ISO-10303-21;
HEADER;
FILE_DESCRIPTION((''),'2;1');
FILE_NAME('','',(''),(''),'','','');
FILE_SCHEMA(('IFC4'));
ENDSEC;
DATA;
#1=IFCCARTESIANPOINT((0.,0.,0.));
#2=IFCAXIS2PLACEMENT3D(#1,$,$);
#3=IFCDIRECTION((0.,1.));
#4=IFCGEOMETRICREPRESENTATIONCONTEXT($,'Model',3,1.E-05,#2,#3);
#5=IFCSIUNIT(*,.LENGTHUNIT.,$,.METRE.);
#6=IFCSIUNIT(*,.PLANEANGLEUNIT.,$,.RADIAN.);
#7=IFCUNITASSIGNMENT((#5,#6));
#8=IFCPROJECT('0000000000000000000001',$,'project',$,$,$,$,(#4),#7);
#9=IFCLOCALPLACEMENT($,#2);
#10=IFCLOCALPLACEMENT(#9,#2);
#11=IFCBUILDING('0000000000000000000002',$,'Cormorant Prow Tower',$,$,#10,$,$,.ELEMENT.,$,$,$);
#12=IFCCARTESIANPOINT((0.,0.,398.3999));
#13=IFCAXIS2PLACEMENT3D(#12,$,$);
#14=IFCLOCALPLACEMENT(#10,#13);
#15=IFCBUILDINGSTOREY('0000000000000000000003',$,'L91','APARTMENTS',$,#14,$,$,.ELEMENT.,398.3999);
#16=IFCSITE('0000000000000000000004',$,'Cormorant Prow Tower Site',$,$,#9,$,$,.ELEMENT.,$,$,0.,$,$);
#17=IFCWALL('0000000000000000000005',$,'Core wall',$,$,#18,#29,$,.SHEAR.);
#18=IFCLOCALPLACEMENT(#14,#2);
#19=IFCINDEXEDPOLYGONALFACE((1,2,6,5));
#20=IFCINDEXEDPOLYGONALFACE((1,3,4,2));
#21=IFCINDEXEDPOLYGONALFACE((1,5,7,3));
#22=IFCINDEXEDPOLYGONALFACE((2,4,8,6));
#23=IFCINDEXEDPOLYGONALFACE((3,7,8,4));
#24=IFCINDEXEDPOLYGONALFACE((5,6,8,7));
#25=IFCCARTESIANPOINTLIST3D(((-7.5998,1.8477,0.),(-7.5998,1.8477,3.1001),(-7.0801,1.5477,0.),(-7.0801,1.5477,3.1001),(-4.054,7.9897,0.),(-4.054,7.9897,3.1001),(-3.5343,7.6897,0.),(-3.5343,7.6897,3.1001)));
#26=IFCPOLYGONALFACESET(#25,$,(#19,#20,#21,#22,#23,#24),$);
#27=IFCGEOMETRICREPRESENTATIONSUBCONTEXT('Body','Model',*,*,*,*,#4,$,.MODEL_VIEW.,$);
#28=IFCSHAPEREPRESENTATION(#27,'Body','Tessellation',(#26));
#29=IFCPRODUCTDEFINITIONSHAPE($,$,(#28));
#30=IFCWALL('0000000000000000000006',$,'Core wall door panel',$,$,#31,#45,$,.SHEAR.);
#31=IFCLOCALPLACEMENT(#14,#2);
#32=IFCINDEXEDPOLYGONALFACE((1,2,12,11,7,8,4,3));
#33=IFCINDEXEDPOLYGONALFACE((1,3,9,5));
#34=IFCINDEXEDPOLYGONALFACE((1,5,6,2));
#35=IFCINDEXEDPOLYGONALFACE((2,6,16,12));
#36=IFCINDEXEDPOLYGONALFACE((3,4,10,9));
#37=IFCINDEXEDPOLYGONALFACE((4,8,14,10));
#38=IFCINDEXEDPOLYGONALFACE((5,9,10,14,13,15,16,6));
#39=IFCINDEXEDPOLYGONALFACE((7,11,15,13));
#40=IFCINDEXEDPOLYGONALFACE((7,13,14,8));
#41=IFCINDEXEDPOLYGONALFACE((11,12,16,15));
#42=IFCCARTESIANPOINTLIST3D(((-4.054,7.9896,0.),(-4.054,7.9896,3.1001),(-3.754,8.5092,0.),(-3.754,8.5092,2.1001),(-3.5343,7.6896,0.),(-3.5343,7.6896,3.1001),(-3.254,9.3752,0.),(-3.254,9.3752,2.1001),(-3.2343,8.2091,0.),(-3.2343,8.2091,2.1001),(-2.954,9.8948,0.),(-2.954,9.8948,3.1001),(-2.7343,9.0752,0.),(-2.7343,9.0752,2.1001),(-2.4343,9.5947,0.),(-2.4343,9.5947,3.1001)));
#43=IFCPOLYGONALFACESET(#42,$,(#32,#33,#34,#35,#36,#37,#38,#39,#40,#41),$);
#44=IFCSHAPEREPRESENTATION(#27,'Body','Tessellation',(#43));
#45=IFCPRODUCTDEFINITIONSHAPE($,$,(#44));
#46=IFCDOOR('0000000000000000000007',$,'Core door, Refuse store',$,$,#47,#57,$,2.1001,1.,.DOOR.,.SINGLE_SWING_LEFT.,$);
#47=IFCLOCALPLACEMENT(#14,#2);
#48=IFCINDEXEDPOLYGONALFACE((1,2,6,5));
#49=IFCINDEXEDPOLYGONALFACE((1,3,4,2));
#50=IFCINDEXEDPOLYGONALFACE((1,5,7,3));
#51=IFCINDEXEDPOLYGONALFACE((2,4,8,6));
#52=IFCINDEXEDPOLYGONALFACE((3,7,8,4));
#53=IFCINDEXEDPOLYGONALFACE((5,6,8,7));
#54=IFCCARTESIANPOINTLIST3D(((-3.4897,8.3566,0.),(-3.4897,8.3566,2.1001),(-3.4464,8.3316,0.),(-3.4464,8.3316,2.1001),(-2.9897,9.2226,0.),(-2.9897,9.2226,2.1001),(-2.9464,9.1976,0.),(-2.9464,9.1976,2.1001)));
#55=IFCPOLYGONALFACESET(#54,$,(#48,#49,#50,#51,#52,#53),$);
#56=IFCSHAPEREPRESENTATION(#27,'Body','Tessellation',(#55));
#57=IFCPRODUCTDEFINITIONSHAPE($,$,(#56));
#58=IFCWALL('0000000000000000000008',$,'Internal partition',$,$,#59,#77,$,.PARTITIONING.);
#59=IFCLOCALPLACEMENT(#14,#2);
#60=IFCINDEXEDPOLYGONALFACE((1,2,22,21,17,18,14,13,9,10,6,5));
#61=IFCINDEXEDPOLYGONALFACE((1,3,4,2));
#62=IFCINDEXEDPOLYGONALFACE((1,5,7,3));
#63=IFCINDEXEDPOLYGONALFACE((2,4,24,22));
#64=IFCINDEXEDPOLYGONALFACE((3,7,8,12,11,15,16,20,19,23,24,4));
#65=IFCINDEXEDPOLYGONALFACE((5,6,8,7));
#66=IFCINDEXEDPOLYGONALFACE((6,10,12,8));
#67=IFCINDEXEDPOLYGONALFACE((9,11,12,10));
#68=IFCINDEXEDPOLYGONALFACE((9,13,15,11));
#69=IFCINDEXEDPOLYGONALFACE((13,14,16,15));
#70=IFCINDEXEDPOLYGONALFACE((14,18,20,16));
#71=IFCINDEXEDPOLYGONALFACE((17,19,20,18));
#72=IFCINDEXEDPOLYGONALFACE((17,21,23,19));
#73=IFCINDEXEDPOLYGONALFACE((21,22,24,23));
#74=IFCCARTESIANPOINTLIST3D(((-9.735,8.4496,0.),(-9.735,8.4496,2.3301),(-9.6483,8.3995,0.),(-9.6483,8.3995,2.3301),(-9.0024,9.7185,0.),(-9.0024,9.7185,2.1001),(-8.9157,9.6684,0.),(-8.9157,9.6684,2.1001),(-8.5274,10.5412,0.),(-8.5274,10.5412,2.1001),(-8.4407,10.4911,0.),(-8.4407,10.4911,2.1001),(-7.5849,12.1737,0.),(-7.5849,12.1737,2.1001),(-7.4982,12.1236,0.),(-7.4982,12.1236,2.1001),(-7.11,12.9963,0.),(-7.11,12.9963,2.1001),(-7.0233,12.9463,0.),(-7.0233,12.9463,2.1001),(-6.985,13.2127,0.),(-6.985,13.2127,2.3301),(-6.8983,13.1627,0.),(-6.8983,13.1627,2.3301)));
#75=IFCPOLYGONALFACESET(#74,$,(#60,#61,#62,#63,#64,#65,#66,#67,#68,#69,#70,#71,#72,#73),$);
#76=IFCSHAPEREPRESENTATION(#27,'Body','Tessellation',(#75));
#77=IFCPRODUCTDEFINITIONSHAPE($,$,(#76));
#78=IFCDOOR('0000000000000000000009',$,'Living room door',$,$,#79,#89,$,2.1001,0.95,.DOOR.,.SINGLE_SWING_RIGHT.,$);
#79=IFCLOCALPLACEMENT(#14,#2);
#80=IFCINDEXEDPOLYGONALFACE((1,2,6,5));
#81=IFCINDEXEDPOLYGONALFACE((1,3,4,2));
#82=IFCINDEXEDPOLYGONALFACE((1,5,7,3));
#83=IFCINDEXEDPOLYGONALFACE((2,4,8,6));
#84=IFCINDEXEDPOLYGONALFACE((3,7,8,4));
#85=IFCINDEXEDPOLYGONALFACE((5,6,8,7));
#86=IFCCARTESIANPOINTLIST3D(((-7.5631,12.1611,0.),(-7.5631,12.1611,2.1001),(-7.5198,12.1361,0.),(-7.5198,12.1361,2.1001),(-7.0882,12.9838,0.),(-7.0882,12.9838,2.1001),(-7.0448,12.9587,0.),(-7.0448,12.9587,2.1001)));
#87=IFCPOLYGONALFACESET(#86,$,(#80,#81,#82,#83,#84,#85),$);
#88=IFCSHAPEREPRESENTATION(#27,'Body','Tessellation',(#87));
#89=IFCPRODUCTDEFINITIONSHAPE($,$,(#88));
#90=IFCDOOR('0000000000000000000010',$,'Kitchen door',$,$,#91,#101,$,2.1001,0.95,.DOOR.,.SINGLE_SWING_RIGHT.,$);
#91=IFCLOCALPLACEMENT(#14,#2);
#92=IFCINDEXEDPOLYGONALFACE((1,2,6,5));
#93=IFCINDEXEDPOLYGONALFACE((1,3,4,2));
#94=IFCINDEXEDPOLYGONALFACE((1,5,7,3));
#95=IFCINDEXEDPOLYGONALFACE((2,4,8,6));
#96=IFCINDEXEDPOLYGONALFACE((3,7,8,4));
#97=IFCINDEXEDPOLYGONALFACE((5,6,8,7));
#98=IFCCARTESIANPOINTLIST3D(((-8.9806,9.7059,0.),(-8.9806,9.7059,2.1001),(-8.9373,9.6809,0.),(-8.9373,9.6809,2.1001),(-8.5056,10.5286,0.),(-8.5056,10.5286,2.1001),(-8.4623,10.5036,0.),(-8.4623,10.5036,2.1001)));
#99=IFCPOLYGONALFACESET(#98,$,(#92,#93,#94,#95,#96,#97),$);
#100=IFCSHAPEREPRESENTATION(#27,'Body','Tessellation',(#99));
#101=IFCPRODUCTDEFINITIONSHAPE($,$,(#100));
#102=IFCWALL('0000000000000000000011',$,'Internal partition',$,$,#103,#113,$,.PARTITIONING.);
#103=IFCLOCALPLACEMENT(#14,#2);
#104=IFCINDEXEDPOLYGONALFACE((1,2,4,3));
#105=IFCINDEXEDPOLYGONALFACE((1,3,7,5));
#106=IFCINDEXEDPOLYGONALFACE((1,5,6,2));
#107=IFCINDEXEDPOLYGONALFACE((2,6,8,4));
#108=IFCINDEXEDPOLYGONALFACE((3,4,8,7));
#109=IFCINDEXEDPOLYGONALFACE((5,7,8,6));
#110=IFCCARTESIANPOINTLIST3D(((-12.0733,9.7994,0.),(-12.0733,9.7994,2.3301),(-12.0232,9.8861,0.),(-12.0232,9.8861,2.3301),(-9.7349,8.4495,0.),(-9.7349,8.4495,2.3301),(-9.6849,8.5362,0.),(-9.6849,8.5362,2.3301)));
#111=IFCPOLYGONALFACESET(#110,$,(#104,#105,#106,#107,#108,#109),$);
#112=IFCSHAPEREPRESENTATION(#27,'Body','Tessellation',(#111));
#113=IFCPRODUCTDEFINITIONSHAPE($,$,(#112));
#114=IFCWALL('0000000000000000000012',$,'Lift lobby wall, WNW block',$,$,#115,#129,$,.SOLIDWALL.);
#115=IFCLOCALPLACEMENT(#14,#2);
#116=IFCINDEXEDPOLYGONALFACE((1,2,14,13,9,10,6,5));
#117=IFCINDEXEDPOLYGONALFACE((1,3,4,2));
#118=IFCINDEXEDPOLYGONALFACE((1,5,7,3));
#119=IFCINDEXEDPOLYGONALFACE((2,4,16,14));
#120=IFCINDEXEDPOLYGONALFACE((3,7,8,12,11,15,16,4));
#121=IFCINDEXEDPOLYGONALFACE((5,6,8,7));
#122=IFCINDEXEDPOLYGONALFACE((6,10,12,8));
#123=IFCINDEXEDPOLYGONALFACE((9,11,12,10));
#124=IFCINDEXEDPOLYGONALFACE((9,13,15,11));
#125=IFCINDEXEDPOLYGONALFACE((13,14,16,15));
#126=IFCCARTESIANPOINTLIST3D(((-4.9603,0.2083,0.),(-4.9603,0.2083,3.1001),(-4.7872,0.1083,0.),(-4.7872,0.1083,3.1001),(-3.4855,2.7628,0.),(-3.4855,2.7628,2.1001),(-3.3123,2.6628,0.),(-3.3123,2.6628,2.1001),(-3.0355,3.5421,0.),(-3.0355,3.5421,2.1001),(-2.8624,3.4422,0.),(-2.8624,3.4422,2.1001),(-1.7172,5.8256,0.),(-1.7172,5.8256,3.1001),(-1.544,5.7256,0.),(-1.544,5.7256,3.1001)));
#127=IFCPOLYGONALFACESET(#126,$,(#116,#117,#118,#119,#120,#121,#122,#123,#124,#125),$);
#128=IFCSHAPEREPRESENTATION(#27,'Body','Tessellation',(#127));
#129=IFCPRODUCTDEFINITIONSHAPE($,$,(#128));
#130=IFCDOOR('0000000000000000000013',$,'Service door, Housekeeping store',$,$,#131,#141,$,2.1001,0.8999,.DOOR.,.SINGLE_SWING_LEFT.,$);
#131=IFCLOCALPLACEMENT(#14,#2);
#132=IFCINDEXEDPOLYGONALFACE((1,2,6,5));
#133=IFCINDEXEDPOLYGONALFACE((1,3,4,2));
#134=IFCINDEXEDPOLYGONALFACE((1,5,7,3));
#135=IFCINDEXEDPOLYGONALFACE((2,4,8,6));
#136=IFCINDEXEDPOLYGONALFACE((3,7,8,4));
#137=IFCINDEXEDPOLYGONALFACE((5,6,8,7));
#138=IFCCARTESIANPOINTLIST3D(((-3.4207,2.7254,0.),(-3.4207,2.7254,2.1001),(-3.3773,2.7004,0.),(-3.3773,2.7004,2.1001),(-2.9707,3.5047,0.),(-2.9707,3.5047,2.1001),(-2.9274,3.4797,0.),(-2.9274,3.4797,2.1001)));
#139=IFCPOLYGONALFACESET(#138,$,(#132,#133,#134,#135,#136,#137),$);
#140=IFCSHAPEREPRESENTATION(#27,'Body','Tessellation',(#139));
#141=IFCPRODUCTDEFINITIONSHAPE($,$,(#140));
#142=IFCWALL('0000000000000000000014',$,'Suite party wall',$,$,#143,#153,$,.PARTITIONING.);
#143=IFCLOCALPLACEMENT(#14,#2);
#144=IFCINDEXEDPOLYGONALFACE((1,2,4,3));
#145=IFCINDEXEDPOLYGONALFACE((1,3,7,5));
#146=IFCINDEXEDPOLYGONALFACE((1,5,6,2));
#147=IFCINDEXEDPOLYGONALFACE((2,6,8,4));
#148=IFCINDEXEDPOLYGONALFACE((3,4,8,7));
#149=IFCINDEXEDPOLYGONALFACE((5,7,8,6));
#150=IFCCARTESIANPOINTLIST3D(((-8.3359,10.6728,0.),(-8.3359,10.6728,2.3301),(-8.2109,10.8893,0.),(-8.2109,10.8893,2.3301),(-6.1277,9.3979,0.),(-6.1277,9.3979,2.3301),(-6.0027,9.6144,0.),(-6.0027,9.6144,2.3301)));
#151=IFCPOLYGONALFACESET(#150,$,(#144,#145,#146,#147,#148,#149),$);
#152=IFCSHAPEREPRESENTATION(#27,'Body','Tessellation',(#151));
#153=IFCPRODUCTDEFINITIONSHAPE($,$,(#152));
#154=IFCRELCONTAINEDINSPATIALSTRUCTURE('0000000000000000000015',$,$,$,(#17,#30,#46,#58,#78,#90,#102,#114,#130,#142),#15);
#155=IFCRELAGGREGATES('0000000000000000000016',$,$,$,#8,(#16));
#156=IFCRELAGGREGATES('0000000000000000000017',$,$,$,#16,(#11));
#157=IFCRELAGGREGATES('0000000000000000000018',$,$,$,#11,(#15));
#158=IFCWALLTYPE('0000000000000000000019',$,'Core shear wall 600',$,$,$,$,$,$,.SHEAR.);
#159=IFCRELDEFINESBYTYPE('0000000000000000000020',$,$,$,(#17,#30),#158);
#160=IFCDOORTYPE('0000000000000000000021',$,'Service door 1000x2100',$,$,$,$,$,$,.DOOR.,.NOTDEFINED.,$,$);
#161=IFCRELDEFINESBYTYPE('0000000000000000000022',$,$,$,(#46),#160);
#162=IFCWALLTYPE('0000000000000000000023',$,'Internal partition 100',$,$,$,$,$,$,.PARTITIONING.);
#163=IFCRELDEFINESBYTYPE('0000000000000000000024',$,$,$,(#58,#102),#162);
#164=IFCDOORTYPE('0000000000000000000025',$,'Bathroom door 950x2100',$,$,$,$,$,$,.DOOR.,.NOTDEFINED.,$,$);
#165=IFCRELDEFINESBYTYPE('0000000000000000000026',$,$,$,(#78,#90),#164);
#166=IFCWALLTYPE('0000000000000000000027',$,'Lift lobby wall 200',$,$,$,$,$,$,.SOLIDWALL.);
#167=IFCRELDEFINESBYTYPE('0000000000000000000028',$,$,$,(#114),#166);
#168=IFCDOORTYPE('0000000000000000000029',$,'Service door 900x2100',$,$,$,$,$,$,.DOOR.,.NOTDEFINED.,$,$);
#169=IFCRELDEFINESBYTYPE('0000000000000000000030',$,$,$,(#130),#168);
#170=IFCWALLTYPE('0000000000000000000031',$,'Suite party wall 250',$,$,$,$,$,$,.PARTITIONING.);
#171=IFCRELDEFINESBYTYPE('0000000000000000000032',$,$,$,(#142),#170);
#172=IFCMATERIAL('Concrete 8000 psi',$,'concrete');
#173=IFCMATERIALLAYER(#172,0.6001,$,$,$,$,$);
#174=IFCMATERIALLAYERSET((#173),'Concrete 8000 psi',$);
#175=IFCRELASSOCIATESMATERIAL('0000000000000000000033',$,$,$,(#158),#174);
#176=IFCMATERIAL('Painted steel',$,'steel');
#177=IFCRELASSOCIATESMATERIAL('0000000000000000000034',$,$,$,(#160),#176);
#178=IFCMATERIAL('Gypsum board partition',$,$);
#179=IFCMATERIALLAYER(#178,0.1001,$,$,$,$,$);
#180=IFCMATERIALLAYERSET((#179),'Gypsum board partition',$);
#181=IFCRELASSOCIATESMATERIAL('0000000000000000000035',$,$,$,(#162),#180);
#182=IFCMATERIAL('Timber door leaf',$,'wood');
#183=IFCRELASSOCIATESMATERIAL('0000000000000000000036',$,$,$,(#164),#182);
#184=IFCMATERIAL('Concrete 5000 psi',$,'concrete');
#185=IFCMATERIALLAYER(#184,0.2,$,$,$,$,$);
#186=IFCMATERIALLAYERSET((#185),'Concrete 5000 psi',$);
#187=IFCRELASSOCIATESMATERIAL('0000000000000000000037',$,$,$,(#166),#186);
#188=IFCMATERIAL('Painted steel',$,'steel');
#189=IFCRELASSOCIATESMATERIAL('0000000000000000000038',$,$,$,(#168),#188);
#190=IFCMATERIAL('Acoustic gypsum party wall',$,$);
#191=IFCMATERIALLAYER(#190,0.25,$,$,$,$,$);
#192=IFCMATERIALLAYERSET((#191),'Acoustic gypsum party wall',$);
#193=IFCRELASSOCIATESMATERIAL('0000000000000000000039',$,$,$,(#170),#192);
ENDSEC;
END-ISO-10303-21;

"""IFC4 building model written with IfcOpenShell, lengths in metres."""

from ifc_helpers import new_model, si_unit, direction, frame, frame_2d, origin, place, context, subcontext, project, spatial, rectangle, extrude, material, layer, layer_set, type_object, element, fill, save


model = new_model("IFC4")

# Units and contexts
model_context = context("Model", 3, precision=1e-05, world=origin(), true_north=direction((0.0, 1.0)))
body_context = subcontext(model_context, "Body", "Model", "MODEL_VIEW")
ifc_project = project(units=[si_unit("LENGTHUNIT", "METRE"), si_unit("PLANEANGLEUNIT", "RADIAN")], contexts=[model_context])

# Site, building, storey
site_placement = place(None, origin())
site = spatial("IfcSite", under=ifc_project, at=site_placement, Name="Cormorant Prow Tower Site", CompositionType="ELEMENT", RefElevation=0.0)
building_placement = place(site_placement, origin())
building = spatial("IfcBuilding", under=site, at=building_placement, Name="Cormorant Prow Tower", CompositionType="ELEMENT")
storey_placement = place(building_placement, frame((0.0, 0.0, 398.3999)))
storey = spatial("IfcBuildingStorey", under=building, at=storey_placement, Name="L91", Description="APARTMENTS", CompositionType="ELEMENT", Elevation=398.3999)

# Wall
ifc_material_1 = material(Name="Concrete 8000 psi", Category="concrete")
ifc_layer_1 = layer(ifc_material_1, 0.6001)
ifc_layer_set_1 = layer_set([ifc_layer_1], Name="Concrete 8000 psi")
wall_type_1 = type_object("IfcWallType", Name="Core shear wall 600", PredefinedType="SHEAR", material=ifc_layer_set_1)
wall_1_placement = place(storey_placement, frame((-3.7942, 7.8396, 0.0), z_axis=(0.0, 0.0, 1.0), x_axis=(-0.499975, -0.86604, 0.0)))
element("IfcWall", 1, at=wall_1_placement, inside=storey, type_object=wall_type_1, Name="Core wall", PredefinedType="SHEAR", context=body_context, shape_type="SweptSolid", body=[
    extrude(rectangle(XDim=7.092, YDim=0.6001, at=frame_2d((3.5459, 0.0))), origin(), (0.0, 0.0, 1.0), 3.1001),
])

# Wall, opening, door
wall_2_placement = place(storey_placement, frame((-2.6941, 9.7449, 0.0), z_axis=(0.0, 0.0, 1.0), x_axis=(-0.50003, -0.866008, 0.0)))
wall_2 = element("IfcWall", 2, at=wall_2_placement, inside=storey, type_object=wall_type_1, Name="Core wall door panel", PredefinedType="SHEAR", context=body_context, shape_type="SweptSolid", body=[
    extrude(rectangle(XDim=2.2, YDim=0.6001, at=frame_2d((1.1001, 0.0))), origin(), (0.0, 0.0, 1.0), 3.1001),
])
opening_1_placement = place(wall_2_placement, frame((0.6001, 0.0, 0.0)))
opening_1 = element("IfcOpeningElement", 3, at=opening_1_placement, cuts=wall_2, PredefinedType="OPENING", context=body_context, shape_type="SweptSolid", body=[
    extrude(rectangle(XDim=1.0, YDim=2.1001, at=frame_2d((0.5, 1.05))), frame((0.0, 0.3101, 0.0), z_axis=(0.0, -1.0, 0.0), x_axis=(1.0, 0.0, 0.0)), (0.0, 0.0, 1.0), 0.6201),
])
ifc_material_2 = material(Name="Painted steel", Category="steel")
door_type_1 = type_object("IfcDoorType", Name="Service door 1000x2100", OperationType="NOTDEFINED", PredefinedType="DOOR", material=ifc_material_2)
door_1_placement = place(opening_1_placement, origin())
door_1 = element("IfcDoor", 4, at=door_1_placement, inside=storey, type_object=door_type_1, Name="Core door, Refuse store", OperationType="SINGLE_SWING_LEFT", OverallHeight=2.1001, OverallWidth=1.0, PredefinedType="DOOR", context=body_context, shape_type="SweptSolid", body=[
    extrude(rectangle(XDim=1.0, YDim=2.1001, at=frame_2d((0.5, 1.05))), frame((0.0, 0.0552, 0.0), z_axis=(0.0, -1.0, 0.0), x_axis=(1.0, 0.0, 0.0)), (0.0, 0.0, 1.0), 0.05),
])
fill(opening_1, door_1)

# Wall, openings, doors
ifc_material_3 = material(Name="Gypsum board partition")
ifc_layer_2 = layer(ifc_material_3, 0.1001)
ifc_layer_set_2 = layer_set([ifc_layer_2], Name="Gypsum board partition")
wall_type_2 = type_object("IfcWallType", Name="Internal partition 100", PredefinedType="PARTITIONING", material=ifc_layer_set_2)
wall_3_placement = place(storey_placement, frame((-9.6917, 8.4246, 0.0), z_axis=(0.0, 0.0, 1.0), x_axis=(0.499997, 0.866027, 0.0)))
wall_3 = element("IfcWall", 5, at=wall_3_placement, inside=storey, type_object=wall_type_2, Name="Internal partition", PredefinedType="PARTITIONING", context=body_context, shape_type="SweptSolid", body=[
    extrude(rectangle(XDim=5.5, YDim=0.1001, at=frame_2d((2.75, 0.0))), origin(), (0.0, 0.0, 1.0), 2.3301),
])
opening_2_placement = place(wall_3_placement, frame((4.3, 0.0, 0.0)))
opening_2 = element("IfcOpeningElement", 6, at=opening_2_placement, cuts=wall_3, PredefinedType="OPENING", context=body_context, shape_type="SweptSolid", body=[
    extrude(rectangle(XDim=0.95, YDim=2.1001, at=frame_2d((0.4751, 1.05))), frame((0.0, 0.0601, 0.0), z_axis=(0.0, -1.0, 0.0), x_axis=(1.0, 0.0, 0.0)), (0.0, 0.0, 1.0), 0.1201),
])
opening_3_placement = place(wall_3_placement, frame((1.4651, 0.0, 0.0)))
opening_3 = element("IfcOpeningElement", 7, at=opening_3_placement, cuts=wall_3, PredefinedType="OPENING", context=body_context, shape_type="SweptSolid", body=[
    extrude(rectangle(XDim=0.95, YDim=2.1001, at=frame_2d((0.4751, 1.05))), frame((0.0, 0.0601, 0.0), z_axis=(0.0, -1.0, 0.0), x_axis=(1.0, 0.0, 0.0)), (0.0, 0.0, 1.0), 0.1201),
])
ifc_material_4 = material(Name="Timber door leaf", Category="wood")
door_type_2 = type_object("IfcDoorType", Name="Bathroom door 950x2100", OperationType="NOTDEFINED", PredefinedType="DOOR", material=ifc_material_4)
door_2_placement = place(opening_2_placement, origin())
door_2 = element("IfcDoor", 8, at=door_2_placement, inside=storey, type_object=door_type_2, Name="Living room door", OperationType="SINGLE_SWING_RIGHT", OverallHeight=2.1001, OverallWidth=0.95, PredefinedType="DOOR", context=body_context, shape_type="SweptSolid", body=[
    extrude(rectangle(XDim=0.95, YDim=2.1001, at=frame_2d((0.4751, 1.05))), frame((0.0, 0.0249, 0.0), z_axis=(0.0, -1.0, 0.0), x_axis=(1.0, 0.0, 0.0)), (0.0, 0.0, 1.0), 0.05),
])
fill(opening_2, door_2)
door_3_placement = place(opening_3_placement, origin())
door_3 = element("IfcDoor", 9, at=door_3_placement, inside=storey, type_object=door_type_2, Name="Kitchen door", OperationType="SINGLE_SWING_RIGHT", OverallHeight=2.1001, OverallWidth=0.95, PredefinedType="DOOR", context=body_context, shape_type="SweptSolid", body=[
    extrude(rectangle(XDim=0.95, YDim=2.1001, at=frame_2d((0.4751, 1.05))), frame((0.0, 0.0249, 0.0), z_axis=(0.0, -1.0, 0.0), x_axis=(1.0, 0.0, 0.0)), (0.0, 0.0, 1.0), 0.05),
])
fill(opening_3, door_3)

# Wall
wall_4_placement = place(storey_placement, frame((-12.0483, 9.8428, 0.0), z_axis=(0.0, 0.0, 1.0), x_axis=(0.866059, -0.499942, 0.0)))
element("IfcWall", 10, at=wall_4_placement, inside=storey, type_object=wall_type_2, Name="Internal partition", PredefinedType="PARTITIONING", context=body_context, shape_type="SweptSolid", body=[
    extrude(rectangle(XDim=2.7, YDim=0.1001, at=frame_2d((1.3501, 0.0))), origin(), (0.0, 0.0, 1.0), 2.3301),
])

# Wall, opening, door
ifc_material_5 = material(Name="Concrete 5000 psi", Category="concrete")
ifc_layer_3 = layer(ifc_material_5, 0.2)
ifc_layer_set_3 = layer_set([ifc_layer_3], Name="Concrete 5000 psi")
wall_type_3 = type_object("IfcWallType", Name="Lift lobby wall 200", PredefinedType="SOLIDWALL", material=ifc_layer_set_3)
wall_5_placement = place(storey_placement, frame((-1.6306, 5.7756, 0.0), z_axis=(0.0, 0.0, 1.0), x_axis=(-0.499993, -0.86603, 0.0)))
wall_5 = element("IfcWall", 11, at=wall_5_placement, inside=storey, type_object=wall_type_3, Name="Lift lobby wall, WNW block", PredefinedType="SOLIDWALL", context=body_context, shape_type="SweptSolid", body=[
    extrude(rectangle(XDim=6.4863, YDim=0.2, at=frame_2d((3.2432, 0.0))), origin(), (0.0, 0.0, 1.0), 3.1001),
])
opening_4_placement = place(wall_5_placement, frame((2.6367, 0.0, 0.0)))
opening_4 = element("IfcOpeningElement", 12, at=opening_4_placement, cuts=wall_5, PredefinedType="OPENING", context=body_context, shape_type="SweptSolid", body=[
    extrude(rectangle(XDim=0.8999, YDim=2.1001, at=frame_2d((0.45, 1.05))), frame((0.0, 0.1099, 0.0), z_axis=(0.0, -1.0, 0.0), x_axis=(1.0, 0.0, 0.0)), (0.0, 0.0, 1.0), 0.22),
])
ifc_material_6 = material(Name="Painted steel", Category="steel")
door_type_3 = type_object("IfcDoorType", Name="Service door 900x2100", OperationType="NOTDEFINED", PredefinedType="DOOR", material=ifc_material_6)
door_4_placement = place(opening_4_placement, origin())
door_4 = element("IfcDoor", 13, at=door_4_placement, inside=storey, type_object=door_type_3, Name="Service door, Housekeeping store", OperationType="SINGLE_SWING_LEFT", OverallHeight=2.1001, OverallWidth=0.8999, PredefinedType="DOOR", context=body_context, shape_type="SweptSolid", body=[
    extrude(rectangle(XDim=0.8999, YDim=2.1001, at=frame_2d((0.45, 1.05))), frame((0.0, 0.0249, 0.0), z_axis=(0.0, -1.0, 0.0), x_axis=(1.0, 0.0, 0.0)), (0.0, 0.0, 1.0), 0.05),
])
fill(opening_4, door_4)

# Wall
ifc_material_7 = material(Name="Acoustic gypsum party wall")
ifc_layer_4 = layer(ifc_material_7, 0.25)
ifc_layer_set_4 = layer_set([ifc_layer_4], Name="Acoustic gypsum party wall")
wall_type_4 = type_object("IfcWallType", Name="Suite party wall 250", PredefinedType="PARTITIONING", material=ifc_layer_set_4)
wall_6_placement = place(storey_placement, frame((-8.2734, 10.781, 0.0), z_axis=(0.0, 0.0, 1.0), x_axis=(0.866031, -0.49999, 0.0)))
element("IfcWall", 14, at=wall_6_placement, inside=storey, type_object=wall_type_4, Name="Suite party wall", PredefinedType="PARTITIONING", context=body_context, shape_type="SweptSolid", body=[
    extrude(rectangle(XDim=2.5498, YDim=0.25, at=frame_2d((1.2749, 0.0))), origin(), (0.0, 0.0, 1.0), 2.3301),
])

save(model, "model.ifc")
